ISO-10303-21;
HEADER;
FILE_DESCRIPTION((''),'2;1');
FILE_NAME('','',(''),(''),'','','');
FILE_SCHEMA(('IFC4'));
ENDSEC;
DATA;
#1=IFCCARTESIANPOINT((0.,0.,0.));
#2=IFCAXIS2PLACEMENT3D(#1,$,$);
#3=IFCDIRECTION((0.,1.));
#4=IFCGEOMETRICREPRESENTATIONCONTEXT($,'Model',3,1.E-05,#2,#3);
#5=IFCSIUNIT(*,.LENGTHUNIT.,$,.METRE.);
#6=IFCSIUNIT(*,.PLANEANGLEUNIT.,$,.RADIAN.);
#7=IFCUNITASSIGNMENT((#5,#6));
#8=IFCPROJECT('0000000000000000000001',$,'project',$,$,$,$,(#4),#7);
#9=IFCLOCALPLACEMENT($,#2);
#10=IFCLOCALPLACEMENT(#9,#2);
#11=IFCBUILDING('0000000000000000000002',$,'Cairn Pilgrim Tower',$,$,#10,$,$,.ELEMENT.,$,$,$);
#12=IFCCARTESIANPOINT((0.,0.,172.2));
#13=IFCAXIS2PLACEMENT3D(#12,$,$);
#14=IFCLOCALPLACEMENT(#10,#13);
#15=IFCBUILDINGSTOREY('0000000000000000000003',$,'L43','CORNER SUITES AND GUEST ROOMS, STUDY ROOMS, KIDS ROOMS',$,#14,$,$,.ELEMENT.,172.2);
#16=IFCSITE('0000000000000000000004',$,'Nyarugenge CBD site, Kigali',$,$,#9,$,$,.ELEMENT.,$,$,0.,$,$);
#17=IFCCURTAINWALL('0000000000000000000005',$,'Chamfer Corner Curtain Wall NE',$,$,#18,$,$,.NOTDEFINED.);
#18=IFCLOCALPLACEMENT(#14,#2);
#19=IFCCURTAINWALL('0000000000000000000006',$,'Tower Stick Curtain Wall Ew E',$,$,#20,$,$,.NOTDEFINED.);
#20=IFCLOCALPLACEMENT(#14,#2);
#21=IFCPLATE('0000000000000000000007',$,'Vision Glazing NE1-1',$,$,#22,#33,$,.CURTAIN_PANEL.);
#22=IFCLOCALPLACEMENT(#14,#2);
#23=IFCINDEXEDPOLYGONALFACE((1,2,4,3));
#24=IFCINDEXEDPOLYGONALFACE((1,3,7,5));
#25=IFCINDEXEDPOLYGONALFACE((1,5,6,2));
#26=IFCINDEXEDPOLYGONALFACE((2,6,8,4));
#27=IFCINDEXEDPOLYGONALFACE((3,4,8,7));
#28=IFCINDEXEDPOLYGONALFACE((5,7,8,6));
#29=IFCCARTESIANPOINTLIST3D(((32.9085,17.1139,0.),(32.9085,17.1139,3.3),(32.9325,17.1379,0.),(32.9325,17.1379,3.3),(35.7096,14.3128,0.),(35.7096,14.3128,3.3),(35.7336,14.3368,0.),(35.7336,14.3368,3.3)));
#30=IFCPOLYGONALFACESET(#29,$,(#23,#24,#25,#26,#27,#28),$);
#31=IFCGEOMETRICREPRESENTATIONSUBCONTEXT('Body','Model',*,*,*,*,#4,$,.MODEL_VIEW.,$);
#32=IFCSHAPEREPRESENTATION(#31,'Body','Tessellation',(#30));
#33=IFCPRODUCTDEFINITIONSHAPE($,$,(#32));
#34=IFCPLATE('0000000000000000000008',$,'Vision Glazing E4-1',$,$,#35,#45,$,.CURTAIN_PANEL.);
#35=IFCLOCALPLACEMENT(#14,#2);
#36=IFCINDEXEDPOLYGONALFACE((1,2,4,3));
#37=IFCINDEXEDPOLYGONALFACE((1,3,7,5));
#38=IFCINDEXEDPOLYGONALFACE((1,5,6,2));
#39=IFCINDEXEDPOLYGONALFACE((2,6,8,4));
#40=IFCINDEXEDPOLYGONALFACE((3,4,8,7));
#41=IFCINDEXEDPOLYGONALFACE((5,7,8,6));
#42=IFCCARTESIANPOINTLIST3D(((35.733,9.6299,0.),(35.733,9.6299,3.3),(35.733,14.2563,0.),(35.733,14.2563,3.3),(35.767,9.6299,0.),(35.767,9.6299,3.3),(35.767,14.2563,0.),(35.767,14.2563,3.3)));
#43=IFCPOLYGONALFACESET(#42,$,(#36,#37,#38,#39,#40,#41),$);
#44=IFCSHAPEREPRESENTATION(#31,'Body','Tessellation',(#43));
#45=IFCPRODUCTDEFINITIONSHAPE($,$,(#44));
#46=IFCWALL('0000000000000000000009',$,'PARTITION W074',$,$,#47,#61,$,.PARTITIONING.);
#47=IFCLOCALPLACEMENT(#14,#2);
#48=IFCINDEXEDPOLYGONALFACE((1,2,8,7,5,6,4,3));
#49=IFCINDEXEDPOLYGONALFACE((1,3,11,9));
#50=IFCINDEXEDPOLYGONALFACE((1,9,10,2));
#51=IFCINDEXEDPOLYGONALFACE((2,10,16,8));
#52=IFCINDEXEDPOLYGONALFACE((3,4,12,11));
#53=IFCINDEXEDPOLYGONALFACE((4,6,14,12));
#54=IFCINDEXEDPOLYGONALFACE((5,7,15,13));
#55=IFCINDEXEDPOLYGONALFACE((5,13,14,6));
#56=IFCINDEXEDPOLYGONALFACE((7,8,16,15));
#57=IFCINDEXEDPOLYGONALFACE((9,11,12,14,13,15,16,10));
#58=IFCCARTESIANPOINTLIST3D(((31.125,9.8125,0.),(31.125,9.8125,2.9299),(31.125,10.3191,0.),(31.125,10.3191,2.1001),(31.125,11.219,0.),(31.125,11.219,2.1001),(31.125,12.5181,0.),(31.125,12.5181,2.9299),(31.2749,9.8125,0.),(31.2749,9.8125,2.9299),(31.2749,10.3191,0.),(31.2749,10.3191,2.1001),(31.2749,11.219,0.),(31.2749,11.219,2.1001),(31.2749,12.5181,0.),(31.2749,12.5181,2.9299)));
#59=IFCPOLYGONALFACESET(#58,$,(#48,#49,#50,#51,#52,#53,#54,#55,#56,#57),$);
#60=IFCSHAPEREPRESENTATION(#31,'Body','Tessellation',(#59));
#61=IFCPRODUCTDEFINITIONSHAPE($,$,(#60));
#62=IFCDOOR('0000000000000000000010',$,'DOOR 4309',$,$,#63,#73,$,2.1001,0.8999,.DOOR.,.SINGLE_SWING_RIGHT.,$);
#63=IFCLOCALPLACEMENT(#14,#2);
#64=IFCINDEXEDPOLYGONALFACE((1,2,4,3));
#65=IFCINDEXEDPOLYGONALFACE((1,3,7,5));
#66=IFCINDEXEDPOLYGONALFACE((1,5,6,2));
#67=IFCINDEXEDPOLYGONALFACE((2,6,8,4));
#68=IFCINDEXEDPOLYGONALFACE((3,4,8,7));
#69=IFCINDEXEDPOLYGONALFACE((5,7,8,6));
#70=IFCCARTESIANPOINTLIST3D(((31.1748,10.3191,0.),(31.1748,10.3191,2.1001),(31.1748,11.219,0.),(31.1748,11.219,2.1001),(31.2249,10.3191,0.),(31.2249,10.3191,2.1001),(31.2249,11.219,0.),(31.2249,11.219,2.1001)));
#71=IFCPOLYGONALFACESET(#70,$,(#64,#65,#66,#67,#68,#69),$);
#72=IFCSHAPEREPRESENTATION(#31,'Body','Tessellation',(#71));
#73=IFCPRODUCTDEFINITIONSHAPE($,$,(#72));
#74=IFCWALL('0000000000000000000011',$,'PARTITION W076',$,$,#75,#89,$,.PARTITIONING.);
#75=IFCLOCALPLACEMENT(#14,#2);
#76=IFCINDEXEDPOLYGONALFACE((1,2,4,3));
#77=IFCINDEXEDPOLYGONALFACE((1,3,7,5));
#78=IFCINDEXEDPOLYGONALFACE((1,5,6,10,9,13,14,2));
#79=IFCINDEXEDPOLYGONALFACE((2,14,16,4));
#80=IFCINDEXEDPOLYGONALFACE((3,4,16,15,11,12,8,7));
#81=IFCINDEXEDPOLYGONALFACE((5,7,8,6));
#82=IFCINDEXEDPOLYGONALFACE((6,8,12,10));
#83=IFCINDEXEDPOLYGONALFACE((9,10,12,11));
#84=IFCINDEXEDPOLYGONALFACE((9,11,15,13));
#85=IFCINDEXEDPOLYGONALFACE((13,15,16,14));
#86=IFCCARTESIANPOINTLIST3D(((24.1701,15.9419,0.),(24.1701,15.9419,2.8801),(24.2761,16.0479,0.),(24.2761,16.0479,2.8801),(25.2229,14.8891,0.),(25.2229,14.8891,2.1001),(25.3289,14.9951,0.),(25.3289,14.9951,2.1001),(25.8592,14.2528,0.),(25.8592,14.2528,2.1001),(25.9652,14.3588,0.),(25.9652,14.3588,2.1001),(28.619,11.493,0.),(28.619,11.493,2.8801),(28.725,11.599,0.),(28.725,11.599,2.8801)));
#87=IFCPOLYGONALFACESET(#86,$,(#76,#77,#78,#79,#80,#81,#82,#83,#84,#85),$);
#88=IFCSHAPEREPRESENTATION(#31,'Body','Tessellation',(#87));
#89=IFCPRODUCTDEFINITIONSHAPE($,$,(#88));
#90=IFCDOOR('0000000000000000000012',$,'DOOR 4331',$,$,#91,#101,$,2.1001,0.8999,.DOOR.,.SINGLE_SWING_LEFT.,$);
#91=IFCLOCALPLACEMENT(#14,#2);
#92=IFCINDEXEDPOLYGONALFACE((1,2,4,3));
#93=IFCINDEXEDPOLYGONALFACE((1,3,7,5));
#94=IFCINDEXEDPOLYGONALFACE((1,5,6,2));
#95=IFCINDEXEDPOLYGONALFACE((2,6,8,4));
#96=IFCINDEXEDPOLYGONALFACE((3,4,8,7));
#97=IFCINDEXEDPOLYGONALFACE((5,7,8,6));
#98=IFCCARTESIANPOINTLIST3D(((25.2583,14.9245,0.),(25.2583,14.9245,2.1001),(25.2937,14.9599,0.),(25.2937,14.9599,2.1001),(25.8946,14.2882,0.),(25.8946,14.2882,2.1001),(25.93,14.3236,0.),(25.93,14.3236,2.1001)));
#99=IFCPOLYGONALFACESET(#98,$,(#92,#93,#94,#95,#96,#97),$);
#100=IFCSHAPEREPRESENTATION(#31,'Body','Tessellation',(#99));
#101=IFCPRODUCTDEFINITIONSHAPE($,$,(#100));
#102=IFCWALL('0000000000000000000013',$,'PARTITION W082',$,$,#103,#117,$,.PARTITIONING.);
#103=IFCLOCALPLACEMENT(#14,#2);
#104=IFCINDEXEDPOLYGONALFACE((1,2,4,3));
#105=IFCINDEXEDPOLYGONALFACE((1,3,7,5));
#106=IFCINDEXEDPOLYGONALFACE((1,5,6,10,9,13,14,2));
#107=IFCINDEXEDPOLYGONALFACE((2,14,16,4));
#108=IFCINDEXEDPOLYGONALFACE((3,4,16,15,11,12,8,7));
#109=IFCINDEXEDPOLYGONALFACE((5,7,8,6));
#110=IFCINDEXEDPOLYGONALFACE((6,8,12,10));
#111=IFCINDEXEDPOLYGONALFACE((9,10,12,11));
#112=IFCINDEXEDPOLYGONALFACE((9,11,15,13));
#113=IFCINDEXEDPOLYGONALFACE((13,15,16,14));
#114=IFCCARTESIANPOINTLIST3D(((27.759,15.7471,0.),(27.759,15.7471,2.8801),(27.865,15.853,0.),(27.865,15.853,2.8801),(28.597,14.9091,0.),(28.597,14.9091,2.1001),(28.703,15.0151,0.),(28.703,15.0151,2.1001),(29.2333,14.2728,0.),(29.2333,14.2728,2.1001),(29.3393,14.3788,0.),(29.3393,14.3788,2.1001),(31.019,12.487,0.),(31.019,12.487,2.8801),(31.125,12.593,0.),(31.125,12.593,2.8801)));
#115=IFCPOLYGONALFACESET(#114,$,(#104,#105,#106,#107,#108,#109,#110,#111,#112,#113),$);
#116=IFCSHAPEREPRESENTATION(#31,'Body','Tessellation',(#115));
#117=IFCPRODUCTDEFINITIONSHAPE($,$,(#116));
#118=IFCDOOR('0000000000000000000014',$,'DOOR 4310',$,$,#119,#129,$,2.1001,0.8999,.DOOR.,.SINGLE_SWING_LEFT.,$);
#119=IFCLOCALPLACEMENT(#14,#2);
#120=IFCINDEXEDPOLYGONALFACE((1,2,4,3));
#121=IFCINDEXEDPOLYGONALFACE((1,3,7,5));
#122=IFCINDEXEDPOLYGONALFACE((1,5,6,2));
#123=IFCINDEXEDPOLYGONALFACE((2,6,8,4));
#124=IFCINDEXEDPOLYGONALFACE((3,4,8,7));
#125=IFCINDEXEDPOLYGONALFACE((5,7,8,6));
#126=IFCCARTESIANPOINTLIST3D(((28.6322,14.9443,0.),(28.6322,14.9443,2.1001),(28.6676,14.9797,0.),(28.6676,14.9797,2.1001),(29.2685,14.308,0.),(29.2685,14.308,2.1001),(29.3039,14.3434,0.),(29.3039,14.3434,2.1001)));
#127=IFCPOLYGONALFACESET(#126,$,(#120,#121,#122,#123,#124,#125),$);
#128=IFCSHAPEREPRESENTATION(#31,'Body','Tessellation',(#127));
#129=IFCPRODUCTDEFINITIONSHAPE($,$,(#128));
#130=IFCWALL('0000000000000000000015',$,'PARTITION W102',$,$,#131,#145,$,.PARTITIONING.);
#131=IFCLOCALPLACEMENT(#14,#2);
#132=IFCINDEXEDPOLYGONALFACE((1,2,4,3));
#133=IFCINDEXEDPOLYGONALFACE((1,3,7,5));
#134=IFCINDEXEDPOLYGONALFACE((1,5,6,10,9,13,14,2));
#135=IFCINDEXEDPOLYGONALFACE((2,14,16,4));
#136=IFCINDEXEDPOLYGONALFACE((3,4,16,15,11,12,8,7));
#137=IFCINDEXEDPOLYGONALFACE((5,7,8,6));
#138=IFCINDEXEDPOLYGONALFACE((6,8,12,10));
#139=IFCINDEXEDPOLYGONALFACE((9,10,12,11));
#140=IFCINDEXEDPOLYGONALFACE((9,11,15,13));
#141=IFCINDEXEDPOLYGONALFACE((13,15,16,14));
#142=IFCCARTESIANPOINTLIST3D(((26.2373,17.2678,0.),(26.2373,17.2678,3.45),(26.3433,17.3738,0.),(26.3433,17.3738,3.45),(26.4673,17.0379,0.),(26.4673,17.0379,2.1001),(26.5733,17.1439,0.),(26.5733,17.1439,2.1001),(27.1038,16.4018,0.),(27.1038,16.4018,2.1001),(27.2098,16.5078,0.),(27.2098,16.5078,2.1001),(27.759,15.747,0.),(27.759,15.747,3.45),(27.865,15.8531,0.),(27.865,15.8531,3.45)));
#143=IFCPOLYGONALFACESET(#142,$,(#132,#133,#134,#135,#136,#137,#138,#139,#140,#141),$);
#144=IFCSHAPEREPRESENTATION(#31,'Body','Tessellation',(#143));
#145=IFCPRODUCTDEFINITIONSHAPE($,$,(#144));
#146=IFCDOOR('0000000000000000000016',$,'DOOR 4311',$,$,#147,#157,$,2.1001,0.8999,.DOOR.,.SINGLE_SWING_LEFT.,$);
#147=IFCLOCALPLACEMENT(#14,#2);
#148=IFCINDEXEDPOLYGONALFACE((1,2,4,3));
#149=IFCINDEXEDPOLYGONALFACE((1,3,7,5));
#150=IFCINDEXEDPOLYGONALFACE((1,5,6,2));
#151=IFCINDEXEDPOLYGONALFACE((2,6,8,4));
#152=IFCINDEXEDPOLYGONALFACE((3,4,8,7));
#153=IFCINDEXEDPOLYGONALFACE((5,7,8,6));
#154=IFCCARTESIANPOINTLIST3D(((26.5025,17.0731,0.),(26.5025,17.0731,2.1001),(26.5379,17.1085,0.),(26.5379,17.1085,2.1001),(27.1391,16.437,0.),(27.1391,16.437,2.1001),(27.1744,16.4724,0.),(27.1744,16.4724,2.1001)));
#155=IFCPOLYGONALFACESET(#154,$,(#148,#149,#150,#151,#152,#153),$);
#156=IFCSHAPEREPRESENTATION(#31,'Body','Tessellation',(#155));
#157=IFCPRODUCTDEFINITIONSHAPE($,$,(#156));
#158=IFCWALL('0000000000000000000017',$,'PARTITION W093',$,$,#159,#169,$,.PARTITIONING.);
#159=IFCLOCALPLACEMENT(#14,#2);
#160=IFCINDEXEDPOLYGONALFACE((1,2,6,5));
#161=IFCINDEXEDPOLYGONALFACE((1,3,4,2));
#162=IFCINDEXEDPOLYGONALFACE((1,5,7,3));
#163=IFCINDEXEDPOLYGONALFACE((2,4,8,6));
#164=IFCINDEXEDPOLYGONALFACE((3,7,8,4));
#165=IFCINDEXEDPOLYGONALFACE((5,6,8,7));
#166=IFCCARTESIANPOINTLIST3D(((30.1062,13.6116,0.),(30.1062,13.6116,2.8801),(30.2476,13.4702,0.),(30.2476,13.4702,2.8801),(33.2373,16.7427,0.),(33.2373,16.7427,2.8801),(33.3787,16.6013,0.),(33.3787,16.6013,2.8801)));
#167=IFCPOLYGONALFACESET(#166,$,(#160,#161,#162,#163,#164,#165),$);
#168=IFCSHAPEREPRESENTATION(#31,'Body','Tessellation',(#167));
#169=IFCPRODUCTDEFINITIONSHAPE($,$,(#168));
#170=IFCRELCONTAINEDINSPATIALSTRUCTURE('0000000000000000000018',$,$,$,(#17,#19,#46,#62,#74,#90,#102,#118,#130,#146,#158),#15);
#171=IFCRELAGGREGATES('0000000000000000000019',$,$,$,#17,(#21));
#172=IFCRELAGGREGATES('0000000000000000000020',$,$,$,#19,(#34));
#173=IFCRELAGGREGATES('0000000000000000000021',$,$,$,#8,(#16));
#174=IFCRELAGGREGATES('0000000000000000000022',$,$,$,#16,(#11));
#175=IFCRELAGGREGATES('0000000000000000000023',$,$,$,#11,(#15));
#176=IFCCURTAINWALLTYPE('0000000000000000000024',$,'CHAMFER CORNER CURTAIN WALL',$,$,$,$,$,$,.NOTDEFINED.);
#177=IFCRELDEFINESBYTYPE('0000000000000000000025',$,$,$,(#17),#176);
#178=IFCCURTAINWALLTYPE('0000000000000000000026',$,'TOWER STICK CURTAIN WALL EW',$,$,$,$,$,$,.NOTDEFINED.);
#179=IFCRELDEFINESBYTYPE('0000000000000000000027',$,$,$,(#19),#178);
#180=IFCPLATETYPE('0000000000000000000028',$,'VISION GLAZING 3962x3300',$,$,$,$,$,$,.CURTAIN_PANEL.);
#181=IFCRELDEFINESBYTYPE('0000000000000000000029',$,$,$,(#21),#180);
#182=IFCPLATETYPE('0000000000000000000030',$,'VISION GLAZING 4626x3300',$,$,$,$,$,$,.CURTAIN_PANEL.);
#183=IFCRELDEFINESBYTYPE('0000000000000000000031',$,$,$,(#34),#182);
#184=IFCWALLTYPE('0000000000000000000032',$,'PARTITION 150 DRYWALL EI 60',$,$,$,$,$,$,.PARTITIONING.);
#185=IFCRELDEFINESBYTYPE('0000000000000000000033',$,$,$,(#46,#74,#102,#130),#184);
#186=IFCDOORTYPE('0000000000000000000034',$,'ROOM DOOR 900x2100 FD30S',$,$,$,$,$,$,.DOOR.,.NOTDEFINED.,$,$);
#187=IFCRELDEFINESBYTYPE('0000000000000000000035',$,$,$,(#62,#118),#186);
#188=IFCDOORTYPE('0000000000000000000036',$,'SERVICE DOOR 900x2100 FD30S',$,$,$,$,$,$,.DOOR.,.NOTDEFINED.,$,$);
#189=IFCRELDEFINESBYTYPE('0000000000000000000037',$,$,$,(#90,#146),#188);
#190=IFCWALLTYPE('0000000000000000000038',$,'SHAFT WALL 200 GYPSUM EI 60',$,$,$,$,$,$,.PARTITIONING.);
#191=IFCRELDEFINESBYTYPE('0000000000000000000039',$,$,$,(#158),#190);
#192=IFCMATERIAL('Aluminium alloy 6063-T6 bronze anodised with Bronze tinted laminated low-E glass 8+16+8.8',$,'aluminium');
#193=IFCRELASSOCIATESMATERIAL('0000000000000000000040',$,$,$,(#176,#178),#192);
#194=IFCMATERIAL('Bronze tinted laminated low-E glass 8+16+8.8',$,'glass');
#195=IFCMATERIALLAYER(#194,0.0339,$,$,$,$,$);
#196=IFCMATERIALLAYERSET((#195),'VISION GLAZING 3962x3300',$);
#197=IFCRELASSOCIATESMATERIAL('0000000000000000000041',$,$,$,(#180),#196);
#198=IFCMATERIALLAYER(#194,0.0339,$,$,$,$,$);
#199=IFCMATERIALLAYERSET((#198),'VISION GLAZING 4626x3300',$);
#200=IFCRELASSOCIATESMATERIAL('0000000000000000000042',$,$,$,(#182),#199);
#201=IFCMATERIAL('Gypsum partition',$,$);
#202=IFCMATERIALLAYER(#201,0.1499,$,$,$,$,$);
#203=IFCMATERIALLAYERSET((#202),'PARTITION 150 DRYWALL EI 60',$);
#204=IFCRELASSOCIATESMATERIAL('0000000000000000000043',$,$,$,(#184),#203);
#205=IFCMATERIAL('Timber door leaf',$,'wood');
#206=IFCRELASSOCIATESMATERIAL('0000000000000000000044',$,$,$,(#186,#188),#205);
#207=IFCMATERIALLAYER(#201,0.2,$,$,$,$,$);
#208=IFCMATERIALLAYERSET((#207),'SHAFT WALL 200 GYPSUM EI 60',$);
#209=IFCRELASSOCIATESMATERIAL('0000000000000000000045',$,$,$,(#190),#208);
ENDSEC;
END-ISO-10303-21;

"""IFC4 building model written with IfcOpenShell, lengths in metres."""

from ifc_helpers import new_model, si_unit, direction, frame, frame_2d, origin, origin_2d, place, context, subcontext, project, spatial, rectangle, extrude, material, layer, layer_set, type_object, element, fill, aggregate, save


model = new_model("IFC4")

# Units and contexts
model_context = context("Model", 3, precision=1e-05, world=origin(), true_north=direction((0.0, 1.0)))
body_context = subcontext(model_context, "Body", "Model", "MODEL_VIEW")
ifc_project = project(units=[si_unit("LENGTHUNIT", "METRE"), si_unit("PLANEANGLEUNIT", "RADIAN")], contexts=[model_context])

# Site, building, storey
site_placement = place(None, origin())
site = spatial("IfcSite", under=ifc_project, at=site_placement, Name="Nyarugenge CBD site, Kigali", CompositionType="ELEMENT", RefElevation=0.0)
building_placement = place(site_placement, origin())
building = spatial("IfcBuilding", under=site, at=building_placement, Name="Cairn Pilgrim Tower", CompositionType="ELEMENT")
storey_placement = place(building_placement, frame((0.0, 0.0, 172.2)))
storey = spatial("IfcBuildingStorey", under=building, at=storey_placement, Name="L43", Description="CORNER SUITES AND GUEST ROOMS, STUDY ROOMS, KIDS ROOMS", CompositionType="ELEMENT", Elevation=172.2)

# Curtain wall
ifc_material_1 = material(Name="Aluminium alloy 6063-T6 bronze anodised with Bronze tinted laminated low-E glass 8+16+8.8", Category="aluminium")
curtain_wall_type_1 = type_object("IfcCurtainWallType", Name="CHAMFER CORNER CURTAIN WALL", PredefinedType="NOTDEFINED", material=ifc_material_1)
curtain_wall_1_placement = place(storey_placement, origin())
curtain_wall_1 = element("IfcCurtainWall", 1, at=curtain_wall_1_placement, inside=storey, type_object=curtain_wall_type_1, Name="Chamfer Corner Curtain Wall NE", PredefinedType="NOTDEFINED")

# Curtain wall
curtain_wall_type_2 = type_object("IfcCurtainWallType", Name="TOWER STICK CURTAIN WALL EW", PredefinedType="NOTDEFINED", material=ifc_material_1)
curtain_wall_2_placement = place(storey_placement, origin())
curtain_wall_2 = element("IfcCurtainWall", 2, at=curtain_wall_2_placement, inside=storey, type_object=curtain_wall_type_2, Name="Tower Stick Curtain Wall Ew E", PredefinedType="NOTDEFINED")

# Plates
ifc_material_2 = material(Name="Bronze tinted laminated low-E glass 8+16+8.8", Category="glass")
ifc_layer_1 = layer(ifc_material_2, 0.0339)
ifc_layer_set_1 = layer_set([ifc_layer_1], Name="VISION GLAZING 3962x3300")
plate_type_1 = type_object("IfcPlateType", Name="VISION GLAZING 3962x3300", PredefinedType="CURTAIN_PANEL", material=ifc_layer_set_1)
plate_1_placement = place(storey_placement, frame((34.321, 15.7253, 0.0), z_axis=(0.0, 0.0, 1.0), x_axis=(-0.707107, 0.707107, 0.0)))
plate_1 = element("IfcPlate", 3, at=plate_1_placement, type_object=plate_type_1, Name="Vision Glazing NE1-1", PredefinedType="CURTAIN_PANEL", context=body_context, shape_type="SweptSolid", body=[
    extrude(rectangle(XDim=3.9614, YDim=0.0339, at=origin_2d()), origin(), (0.0, 0.0, 1.0), 3.3),
])
aggregate(curtain_wall_1, [plate_1])
ifc_layer_2 = layer(ifc_material_2, 0.0339)
ifc_layer_set_2 = layer_set([ifc_layer_2], Name="VISION GLAZING 4626x3300")
plate_type_2 = type_object("IfcPlateType", Name="VISION GLAZING 4626x3300", PredefinedType="CURTAIN_PANEL", material=ifc_layer_set_2)
plate_2_placement = place(storey_placement, frame((35.75, 11.9431, 0.0), z_axis=(0.0, 0.0, 1.0), x_axis=(0.0, 1.0, 0.0)))
plate_2 = element("IfcPlate", 4, at=plate_2_placement, type_object=plate_type_2, Name="Vision Glazing E4-1", PredefinedType="CURTAIN_PANEL", context=body_context, shape_type="SweptSolid", body=[
    extrude(rectangle(XDim=4.6265, YDim=0.0339, at=origin_2d()), origin(), (0.0, 0.0, 1.0), 3.3),
])
aggregate(curtain_wall_2, [plate_2])

# Walls, openings, doors
ifc_material_3 = material(Name="Gypsum partition")
ifc_layer_3 = layer(ifc_material_3, 0.1499)
ifc_layer_set_3 = layer_set([ifc_layer_3], Name="PARTITION 150 DRYWALL EI 60")
wall_type_1 = type_object("IfcWallType", Name="PARTITION 150 DRYWALL EI 60", PredefinedType="PARTITIONING", material=ifc_layer_set_3)
wall_1_placement = place(storey_placement, frame((31.2, 9.8125, 0.0), z_axis=(0.0, 0.0, 1.0), x_axis=(0.0, 1.0, 0.0)))
wall_1 = element("IfcWall", 5, at=wall_1_placement, inside=storey, type_object=wall_type_1, Name="PARTITION W074", PredefinedType="PARTITIONING", context=body_context, shape_type="SweptSolid", body=[
    extrude(rectangle(XDim=2.7056, YDim=0.1499, at=frame_2d((1.3528, 0.0))), origin(), (0.0, 0.0, 1.0), 2.9299),
])
opening_1_placement = place(wall_1_placement, frame((0.5066, 0.0, 0.0)))
opening_1 = element("IfcOpeningElement", 6, at=opening_1_placement, cuts=wall_1, PredefinedType="OPENING", context=body_context, shape_type="SweptSolid", body=[
    extrude(rectangle(XDim=0.8999, YDim=2.1001, at=frame_2d((0.45, 1.05))), frame((0.0, 0.085, 0.0), z_axis=(0.0, -1.0, 0.0), x_axis=(1.0, 0.0, 0.0)), (0.0, 0.0, 1.0), 0.1699),
])
ifc_material_4 = material(Name="Timber door leaf", Category="wood")
door_type_1 = type_object("IfcDoorType", Name="ROOM DOOR 900x2100 FD30S", OperationType="NOTDEFINED", PredefinedType="DOOR", material=ifc_material_4)
door_1_placement = place(opening_1_placement, frame((0.8999, 0.0, 0.0), z_axis=(0.0, 0.0, 1.0), x_axis=(-1.0, 0.0, 0.0)))
door_1 = element("IfcDoor", 7, at=door_1_placement, inside=storey, type_object=door_type_1, Name="DOOR 4309", OperationType="SINGLE_SWING_RIGHT", OverallHeight=2.1001, OverallWidth=0.8999, PredefinedType="DOOR", context=body_context, shape_type="SweptSolid", body=[
    extrude(rectangle(XDim=0.8999, YDim=2.1001, at=frame_2d((0.45, 1.05))), frame((0.0, 0.0249, 0.0), z_axis=(0.0, -1.0, 0.0), x_axis=(1.0, 0.0, 0.0)), (0.0, 0.0, 1.0), 0.05),
])
fill(opening_1, door_1)
wall_2_placement = place(storey_placement, frame((28.6721, 11.5459, 0.0), z_axis=(0.0, 0.0, 1.0), x_axis=(-0.707107, 0.707107, 0.0)))
wall_2 = element("IfcWall", 8, at=wall_2_placement, inside=storey, type_object=wall_type_1, Name="PARTITION W076", PredefinedType="PARTITIONING", context=body_context, shape_type="SweptSolid", body=[
    extrude(rectangle(XDim=6.2917, YDim=0.1499, at=frame_2d((3.146, 0.0))), origin(), (0.0, 0.0, 1.0), 2.8801),
])
opening_2_placement = place(wall_2_placement, frame((3.9031, 0.0, 0.0)))
opening_2 = element("IfcOpeningElement", 9, at=opening_2_placement, cuts=wall_2, PredefinedType="OPENING", context=body_context, shape_type="SweptSolid", body=[
    extrude(rectangle(XDim=0.8999, YDim=2.1001, at=frame_2d((0.45, 1.05))), frame((0.0, 0.085, 0.0), z_axis=(0.0, -1.0, 0.0), x_axis=(1.0, 0.0, 0.0)), (0.0, 0.0, 1.0), 0.1699),
])
door_type_2 = type_object("IfcDoorType", Name="SERVICE DOOR 900x2100 FD30S", OperationType="NOTDEFINED", PredefinedType="DOOR", material=ifc_material_4)
door_2_placement = place(opening_2_placement, origin())
door_2 = element("IfcDoor", 10, at=door_2_placement, inside=storey, type_object=door_type_2, Name="DOOR 4331", OperationType="SINGLE_SWING_LEFT", OverallHeight=2.1001, OverallWidth=0.8999, PredefinedType="DOOR", context=body_context, shape_type="SweptSolid", body=[
    extrude(rectangle(XDim=0.8999, YDim=2.1001, at=frame_2d((0.45, 1.05))), frame((0.0, 0.0249, 0.0), z_axis=(0.0, -1.0, 0.0), x_axis=(1.0, 0.0, 0.0)), (0.0, 0.0, 1.0), 0.05),
])
fill(opening_2, door_2)
wall_3_placement = place(storey_placement, frame((31.072, 12.54, 0.0), z_axis=(0.0, 0.0, 1.0), x_axis=(-0.707107, 0.707107, 0.0)))
wall_3 = element("IfcWall", 11, at=wall_3_placement, inside=storey, type_object=wall_type_1, Name="PARTITION W082", PredefinedType="PARTITIONING", context=body_context, shape_type="SweptSolid", body=[
    extrude(rectangle(XDim=4.6104, YDim=0.1499, at=frame_2d((2.3052, 0.0))), origin(), (0.0, 0.0, 1.0), 2.8801),
])
opening_3_placement = place(wall_3_placement, frame((2.5254, 0.0, 0.0)))
opening_3 = element("IfcOpeningElement", 12, at=opening_3_placement, cuts=wall_3, PredefinedType="OPENING", context=body_context, shape_type="SweptSolid", body=[
    extrude(rectangle(XDim=0.8999, YDim=2.1001, at=frame_2d((0.45, 1.05))), frame((0.0, 0.085, 0.0), z_axis=(0.0, -1.0, 0.0), x_axis=(1.0, 0.0, 0.0)), (0.0, 0.0, 1.0), 0.1699),
])
door_3_placement = place(opening_3_placement, frame((0.8999, 0.0, 0.0), z_axis=(0.0, 0.0, 1.0), x_axis=(-1.0, 0.0, 0.0)))
door_3 = element("IfcDoor", 13, at=door_3_placement, inside=storey, type_object=door_type_1, Name="DOOR 4310", OperationType="SINGLE_SWING_LEFT", OverallHeight=2.1001, OverallWidth=0.8999, PredefinedType="DOOR", context=body_context, shape_type="SweptSolid", body=[
    extrude(rectangle(XDim=0.8999, YDim=2.1001, at=frame_2d((0.45, 1.05))), frame((0.0, 0.0249, 0.0), z_axis=(0.0, -1.0, 0.0), x_axis=(1.0, 0.0, 0.0)), (0.0, 0.0, 1.0), 0.05),
])
fill(opening_3, door_3)
wall_4_placement = place(storey_placement, frame((27.812, 15.8, 0.0), z_axis=(0.0, 0.0, 1.0), x_axis=(-0.707334, 0.70688, 0.0)))
wall_4 = element("IfcWall", 14, at=wall_4_placement, inside=storey, type_object=wall_type_1, Name="PARTITION W102", PredefinedType="PARTITIONING", context=body_context, shape_type="SweptSolid", body=[
    extrude(rectangle(XDim=2.1514, YDim=0.1499, at=frame_2d((1.0757, 0.0))), origin(), (0.0, 0.0, 1.0), 3.45),
])
opening_4_placement = place(wall_4_placement, frame((0.9263, 0.0, 0.0)))
opening_4 = element("IfcOpeningElement", 15, at=opening_4_placement, cuts=wall_4, PredefinedType="OPENING", context=body_context, shape_type="SweptSolid", body=[
    extrude(rectangle(XDim=0.8999, YDim=2.1001, at=frame_2d((0.45, 1.05))), frame((0.0, 0.085, 0.0), z_axis=(0.0, -1.0, 0.0), x_axis=(1.0, 0.0, 0.0)), (0.0, 0.0, 1.0), 0.1699),
])
door_4_placement = place(opening_4_placement, frame((0.8999, 0.0, 0.0), z_axis=(0.0, 0.0, 1.0), x_axis=(-1.0, 0.0, 0.0)))
door_4 = element("IfcDoor", 16, at=door_4_placement, inside=storey, type_object=door_type_2, Name="DOOR 4311", OperationType="SINGLE_SWING_LEFT", OverallHeight=2.1001, OverallWidth=0.8999, PredefinedType="DOOR", context=body_context, shape_type="SweptSolid", body=[
    extrude(rectangle(XDim=0.8999, YDim=2.1001, at=frame_2d((0.45, 1.05))), frame((0.0, 0.0249, 0.0), z_axis=(0.0, -1.0, 0.0), x_axis=(1.0, 0.0, 0.0)), (0.0, 0.0, 1.0), 0.05),
])
fill(opening_4, door_4)

# Wall
ifc_layer_4 = layer(ifc_material_3, 0.2)
ifc_layer_set_4 = layer_set([ifc_layer_4], Name="SHAFT WALL 200 GYPSUM EI 60")
wall_type_2 = type_object("IfcWallType", Name="SHAFT WALL 200 GYPSUM EI 60", PredefinedType="PARTITIONING", material=ifc_layer_set_4)
wall_5_placement = place(storey_placement, frame((30.177, 13.541, 0.0), z_axis=(0.0, 0.0, 1.0), x_axis=(0.707107, 0.707107, 0.0)))
element("IfcWall", 17, at=wall_5_placement, inside=storey, type_object=wall_type_2, Name="PARTITION W093", PredefinedType="PARTITIONING", context=body_context, shape_type="SweptSolid", body=[
    extrude(rectangle(XDim=4.428, YDim=0.2, at=frame_2d((2.2139, 0.0))), origin(), (0.0, 0.0, 1.0), 2.8801),
])

save(model, "model.ifc")
